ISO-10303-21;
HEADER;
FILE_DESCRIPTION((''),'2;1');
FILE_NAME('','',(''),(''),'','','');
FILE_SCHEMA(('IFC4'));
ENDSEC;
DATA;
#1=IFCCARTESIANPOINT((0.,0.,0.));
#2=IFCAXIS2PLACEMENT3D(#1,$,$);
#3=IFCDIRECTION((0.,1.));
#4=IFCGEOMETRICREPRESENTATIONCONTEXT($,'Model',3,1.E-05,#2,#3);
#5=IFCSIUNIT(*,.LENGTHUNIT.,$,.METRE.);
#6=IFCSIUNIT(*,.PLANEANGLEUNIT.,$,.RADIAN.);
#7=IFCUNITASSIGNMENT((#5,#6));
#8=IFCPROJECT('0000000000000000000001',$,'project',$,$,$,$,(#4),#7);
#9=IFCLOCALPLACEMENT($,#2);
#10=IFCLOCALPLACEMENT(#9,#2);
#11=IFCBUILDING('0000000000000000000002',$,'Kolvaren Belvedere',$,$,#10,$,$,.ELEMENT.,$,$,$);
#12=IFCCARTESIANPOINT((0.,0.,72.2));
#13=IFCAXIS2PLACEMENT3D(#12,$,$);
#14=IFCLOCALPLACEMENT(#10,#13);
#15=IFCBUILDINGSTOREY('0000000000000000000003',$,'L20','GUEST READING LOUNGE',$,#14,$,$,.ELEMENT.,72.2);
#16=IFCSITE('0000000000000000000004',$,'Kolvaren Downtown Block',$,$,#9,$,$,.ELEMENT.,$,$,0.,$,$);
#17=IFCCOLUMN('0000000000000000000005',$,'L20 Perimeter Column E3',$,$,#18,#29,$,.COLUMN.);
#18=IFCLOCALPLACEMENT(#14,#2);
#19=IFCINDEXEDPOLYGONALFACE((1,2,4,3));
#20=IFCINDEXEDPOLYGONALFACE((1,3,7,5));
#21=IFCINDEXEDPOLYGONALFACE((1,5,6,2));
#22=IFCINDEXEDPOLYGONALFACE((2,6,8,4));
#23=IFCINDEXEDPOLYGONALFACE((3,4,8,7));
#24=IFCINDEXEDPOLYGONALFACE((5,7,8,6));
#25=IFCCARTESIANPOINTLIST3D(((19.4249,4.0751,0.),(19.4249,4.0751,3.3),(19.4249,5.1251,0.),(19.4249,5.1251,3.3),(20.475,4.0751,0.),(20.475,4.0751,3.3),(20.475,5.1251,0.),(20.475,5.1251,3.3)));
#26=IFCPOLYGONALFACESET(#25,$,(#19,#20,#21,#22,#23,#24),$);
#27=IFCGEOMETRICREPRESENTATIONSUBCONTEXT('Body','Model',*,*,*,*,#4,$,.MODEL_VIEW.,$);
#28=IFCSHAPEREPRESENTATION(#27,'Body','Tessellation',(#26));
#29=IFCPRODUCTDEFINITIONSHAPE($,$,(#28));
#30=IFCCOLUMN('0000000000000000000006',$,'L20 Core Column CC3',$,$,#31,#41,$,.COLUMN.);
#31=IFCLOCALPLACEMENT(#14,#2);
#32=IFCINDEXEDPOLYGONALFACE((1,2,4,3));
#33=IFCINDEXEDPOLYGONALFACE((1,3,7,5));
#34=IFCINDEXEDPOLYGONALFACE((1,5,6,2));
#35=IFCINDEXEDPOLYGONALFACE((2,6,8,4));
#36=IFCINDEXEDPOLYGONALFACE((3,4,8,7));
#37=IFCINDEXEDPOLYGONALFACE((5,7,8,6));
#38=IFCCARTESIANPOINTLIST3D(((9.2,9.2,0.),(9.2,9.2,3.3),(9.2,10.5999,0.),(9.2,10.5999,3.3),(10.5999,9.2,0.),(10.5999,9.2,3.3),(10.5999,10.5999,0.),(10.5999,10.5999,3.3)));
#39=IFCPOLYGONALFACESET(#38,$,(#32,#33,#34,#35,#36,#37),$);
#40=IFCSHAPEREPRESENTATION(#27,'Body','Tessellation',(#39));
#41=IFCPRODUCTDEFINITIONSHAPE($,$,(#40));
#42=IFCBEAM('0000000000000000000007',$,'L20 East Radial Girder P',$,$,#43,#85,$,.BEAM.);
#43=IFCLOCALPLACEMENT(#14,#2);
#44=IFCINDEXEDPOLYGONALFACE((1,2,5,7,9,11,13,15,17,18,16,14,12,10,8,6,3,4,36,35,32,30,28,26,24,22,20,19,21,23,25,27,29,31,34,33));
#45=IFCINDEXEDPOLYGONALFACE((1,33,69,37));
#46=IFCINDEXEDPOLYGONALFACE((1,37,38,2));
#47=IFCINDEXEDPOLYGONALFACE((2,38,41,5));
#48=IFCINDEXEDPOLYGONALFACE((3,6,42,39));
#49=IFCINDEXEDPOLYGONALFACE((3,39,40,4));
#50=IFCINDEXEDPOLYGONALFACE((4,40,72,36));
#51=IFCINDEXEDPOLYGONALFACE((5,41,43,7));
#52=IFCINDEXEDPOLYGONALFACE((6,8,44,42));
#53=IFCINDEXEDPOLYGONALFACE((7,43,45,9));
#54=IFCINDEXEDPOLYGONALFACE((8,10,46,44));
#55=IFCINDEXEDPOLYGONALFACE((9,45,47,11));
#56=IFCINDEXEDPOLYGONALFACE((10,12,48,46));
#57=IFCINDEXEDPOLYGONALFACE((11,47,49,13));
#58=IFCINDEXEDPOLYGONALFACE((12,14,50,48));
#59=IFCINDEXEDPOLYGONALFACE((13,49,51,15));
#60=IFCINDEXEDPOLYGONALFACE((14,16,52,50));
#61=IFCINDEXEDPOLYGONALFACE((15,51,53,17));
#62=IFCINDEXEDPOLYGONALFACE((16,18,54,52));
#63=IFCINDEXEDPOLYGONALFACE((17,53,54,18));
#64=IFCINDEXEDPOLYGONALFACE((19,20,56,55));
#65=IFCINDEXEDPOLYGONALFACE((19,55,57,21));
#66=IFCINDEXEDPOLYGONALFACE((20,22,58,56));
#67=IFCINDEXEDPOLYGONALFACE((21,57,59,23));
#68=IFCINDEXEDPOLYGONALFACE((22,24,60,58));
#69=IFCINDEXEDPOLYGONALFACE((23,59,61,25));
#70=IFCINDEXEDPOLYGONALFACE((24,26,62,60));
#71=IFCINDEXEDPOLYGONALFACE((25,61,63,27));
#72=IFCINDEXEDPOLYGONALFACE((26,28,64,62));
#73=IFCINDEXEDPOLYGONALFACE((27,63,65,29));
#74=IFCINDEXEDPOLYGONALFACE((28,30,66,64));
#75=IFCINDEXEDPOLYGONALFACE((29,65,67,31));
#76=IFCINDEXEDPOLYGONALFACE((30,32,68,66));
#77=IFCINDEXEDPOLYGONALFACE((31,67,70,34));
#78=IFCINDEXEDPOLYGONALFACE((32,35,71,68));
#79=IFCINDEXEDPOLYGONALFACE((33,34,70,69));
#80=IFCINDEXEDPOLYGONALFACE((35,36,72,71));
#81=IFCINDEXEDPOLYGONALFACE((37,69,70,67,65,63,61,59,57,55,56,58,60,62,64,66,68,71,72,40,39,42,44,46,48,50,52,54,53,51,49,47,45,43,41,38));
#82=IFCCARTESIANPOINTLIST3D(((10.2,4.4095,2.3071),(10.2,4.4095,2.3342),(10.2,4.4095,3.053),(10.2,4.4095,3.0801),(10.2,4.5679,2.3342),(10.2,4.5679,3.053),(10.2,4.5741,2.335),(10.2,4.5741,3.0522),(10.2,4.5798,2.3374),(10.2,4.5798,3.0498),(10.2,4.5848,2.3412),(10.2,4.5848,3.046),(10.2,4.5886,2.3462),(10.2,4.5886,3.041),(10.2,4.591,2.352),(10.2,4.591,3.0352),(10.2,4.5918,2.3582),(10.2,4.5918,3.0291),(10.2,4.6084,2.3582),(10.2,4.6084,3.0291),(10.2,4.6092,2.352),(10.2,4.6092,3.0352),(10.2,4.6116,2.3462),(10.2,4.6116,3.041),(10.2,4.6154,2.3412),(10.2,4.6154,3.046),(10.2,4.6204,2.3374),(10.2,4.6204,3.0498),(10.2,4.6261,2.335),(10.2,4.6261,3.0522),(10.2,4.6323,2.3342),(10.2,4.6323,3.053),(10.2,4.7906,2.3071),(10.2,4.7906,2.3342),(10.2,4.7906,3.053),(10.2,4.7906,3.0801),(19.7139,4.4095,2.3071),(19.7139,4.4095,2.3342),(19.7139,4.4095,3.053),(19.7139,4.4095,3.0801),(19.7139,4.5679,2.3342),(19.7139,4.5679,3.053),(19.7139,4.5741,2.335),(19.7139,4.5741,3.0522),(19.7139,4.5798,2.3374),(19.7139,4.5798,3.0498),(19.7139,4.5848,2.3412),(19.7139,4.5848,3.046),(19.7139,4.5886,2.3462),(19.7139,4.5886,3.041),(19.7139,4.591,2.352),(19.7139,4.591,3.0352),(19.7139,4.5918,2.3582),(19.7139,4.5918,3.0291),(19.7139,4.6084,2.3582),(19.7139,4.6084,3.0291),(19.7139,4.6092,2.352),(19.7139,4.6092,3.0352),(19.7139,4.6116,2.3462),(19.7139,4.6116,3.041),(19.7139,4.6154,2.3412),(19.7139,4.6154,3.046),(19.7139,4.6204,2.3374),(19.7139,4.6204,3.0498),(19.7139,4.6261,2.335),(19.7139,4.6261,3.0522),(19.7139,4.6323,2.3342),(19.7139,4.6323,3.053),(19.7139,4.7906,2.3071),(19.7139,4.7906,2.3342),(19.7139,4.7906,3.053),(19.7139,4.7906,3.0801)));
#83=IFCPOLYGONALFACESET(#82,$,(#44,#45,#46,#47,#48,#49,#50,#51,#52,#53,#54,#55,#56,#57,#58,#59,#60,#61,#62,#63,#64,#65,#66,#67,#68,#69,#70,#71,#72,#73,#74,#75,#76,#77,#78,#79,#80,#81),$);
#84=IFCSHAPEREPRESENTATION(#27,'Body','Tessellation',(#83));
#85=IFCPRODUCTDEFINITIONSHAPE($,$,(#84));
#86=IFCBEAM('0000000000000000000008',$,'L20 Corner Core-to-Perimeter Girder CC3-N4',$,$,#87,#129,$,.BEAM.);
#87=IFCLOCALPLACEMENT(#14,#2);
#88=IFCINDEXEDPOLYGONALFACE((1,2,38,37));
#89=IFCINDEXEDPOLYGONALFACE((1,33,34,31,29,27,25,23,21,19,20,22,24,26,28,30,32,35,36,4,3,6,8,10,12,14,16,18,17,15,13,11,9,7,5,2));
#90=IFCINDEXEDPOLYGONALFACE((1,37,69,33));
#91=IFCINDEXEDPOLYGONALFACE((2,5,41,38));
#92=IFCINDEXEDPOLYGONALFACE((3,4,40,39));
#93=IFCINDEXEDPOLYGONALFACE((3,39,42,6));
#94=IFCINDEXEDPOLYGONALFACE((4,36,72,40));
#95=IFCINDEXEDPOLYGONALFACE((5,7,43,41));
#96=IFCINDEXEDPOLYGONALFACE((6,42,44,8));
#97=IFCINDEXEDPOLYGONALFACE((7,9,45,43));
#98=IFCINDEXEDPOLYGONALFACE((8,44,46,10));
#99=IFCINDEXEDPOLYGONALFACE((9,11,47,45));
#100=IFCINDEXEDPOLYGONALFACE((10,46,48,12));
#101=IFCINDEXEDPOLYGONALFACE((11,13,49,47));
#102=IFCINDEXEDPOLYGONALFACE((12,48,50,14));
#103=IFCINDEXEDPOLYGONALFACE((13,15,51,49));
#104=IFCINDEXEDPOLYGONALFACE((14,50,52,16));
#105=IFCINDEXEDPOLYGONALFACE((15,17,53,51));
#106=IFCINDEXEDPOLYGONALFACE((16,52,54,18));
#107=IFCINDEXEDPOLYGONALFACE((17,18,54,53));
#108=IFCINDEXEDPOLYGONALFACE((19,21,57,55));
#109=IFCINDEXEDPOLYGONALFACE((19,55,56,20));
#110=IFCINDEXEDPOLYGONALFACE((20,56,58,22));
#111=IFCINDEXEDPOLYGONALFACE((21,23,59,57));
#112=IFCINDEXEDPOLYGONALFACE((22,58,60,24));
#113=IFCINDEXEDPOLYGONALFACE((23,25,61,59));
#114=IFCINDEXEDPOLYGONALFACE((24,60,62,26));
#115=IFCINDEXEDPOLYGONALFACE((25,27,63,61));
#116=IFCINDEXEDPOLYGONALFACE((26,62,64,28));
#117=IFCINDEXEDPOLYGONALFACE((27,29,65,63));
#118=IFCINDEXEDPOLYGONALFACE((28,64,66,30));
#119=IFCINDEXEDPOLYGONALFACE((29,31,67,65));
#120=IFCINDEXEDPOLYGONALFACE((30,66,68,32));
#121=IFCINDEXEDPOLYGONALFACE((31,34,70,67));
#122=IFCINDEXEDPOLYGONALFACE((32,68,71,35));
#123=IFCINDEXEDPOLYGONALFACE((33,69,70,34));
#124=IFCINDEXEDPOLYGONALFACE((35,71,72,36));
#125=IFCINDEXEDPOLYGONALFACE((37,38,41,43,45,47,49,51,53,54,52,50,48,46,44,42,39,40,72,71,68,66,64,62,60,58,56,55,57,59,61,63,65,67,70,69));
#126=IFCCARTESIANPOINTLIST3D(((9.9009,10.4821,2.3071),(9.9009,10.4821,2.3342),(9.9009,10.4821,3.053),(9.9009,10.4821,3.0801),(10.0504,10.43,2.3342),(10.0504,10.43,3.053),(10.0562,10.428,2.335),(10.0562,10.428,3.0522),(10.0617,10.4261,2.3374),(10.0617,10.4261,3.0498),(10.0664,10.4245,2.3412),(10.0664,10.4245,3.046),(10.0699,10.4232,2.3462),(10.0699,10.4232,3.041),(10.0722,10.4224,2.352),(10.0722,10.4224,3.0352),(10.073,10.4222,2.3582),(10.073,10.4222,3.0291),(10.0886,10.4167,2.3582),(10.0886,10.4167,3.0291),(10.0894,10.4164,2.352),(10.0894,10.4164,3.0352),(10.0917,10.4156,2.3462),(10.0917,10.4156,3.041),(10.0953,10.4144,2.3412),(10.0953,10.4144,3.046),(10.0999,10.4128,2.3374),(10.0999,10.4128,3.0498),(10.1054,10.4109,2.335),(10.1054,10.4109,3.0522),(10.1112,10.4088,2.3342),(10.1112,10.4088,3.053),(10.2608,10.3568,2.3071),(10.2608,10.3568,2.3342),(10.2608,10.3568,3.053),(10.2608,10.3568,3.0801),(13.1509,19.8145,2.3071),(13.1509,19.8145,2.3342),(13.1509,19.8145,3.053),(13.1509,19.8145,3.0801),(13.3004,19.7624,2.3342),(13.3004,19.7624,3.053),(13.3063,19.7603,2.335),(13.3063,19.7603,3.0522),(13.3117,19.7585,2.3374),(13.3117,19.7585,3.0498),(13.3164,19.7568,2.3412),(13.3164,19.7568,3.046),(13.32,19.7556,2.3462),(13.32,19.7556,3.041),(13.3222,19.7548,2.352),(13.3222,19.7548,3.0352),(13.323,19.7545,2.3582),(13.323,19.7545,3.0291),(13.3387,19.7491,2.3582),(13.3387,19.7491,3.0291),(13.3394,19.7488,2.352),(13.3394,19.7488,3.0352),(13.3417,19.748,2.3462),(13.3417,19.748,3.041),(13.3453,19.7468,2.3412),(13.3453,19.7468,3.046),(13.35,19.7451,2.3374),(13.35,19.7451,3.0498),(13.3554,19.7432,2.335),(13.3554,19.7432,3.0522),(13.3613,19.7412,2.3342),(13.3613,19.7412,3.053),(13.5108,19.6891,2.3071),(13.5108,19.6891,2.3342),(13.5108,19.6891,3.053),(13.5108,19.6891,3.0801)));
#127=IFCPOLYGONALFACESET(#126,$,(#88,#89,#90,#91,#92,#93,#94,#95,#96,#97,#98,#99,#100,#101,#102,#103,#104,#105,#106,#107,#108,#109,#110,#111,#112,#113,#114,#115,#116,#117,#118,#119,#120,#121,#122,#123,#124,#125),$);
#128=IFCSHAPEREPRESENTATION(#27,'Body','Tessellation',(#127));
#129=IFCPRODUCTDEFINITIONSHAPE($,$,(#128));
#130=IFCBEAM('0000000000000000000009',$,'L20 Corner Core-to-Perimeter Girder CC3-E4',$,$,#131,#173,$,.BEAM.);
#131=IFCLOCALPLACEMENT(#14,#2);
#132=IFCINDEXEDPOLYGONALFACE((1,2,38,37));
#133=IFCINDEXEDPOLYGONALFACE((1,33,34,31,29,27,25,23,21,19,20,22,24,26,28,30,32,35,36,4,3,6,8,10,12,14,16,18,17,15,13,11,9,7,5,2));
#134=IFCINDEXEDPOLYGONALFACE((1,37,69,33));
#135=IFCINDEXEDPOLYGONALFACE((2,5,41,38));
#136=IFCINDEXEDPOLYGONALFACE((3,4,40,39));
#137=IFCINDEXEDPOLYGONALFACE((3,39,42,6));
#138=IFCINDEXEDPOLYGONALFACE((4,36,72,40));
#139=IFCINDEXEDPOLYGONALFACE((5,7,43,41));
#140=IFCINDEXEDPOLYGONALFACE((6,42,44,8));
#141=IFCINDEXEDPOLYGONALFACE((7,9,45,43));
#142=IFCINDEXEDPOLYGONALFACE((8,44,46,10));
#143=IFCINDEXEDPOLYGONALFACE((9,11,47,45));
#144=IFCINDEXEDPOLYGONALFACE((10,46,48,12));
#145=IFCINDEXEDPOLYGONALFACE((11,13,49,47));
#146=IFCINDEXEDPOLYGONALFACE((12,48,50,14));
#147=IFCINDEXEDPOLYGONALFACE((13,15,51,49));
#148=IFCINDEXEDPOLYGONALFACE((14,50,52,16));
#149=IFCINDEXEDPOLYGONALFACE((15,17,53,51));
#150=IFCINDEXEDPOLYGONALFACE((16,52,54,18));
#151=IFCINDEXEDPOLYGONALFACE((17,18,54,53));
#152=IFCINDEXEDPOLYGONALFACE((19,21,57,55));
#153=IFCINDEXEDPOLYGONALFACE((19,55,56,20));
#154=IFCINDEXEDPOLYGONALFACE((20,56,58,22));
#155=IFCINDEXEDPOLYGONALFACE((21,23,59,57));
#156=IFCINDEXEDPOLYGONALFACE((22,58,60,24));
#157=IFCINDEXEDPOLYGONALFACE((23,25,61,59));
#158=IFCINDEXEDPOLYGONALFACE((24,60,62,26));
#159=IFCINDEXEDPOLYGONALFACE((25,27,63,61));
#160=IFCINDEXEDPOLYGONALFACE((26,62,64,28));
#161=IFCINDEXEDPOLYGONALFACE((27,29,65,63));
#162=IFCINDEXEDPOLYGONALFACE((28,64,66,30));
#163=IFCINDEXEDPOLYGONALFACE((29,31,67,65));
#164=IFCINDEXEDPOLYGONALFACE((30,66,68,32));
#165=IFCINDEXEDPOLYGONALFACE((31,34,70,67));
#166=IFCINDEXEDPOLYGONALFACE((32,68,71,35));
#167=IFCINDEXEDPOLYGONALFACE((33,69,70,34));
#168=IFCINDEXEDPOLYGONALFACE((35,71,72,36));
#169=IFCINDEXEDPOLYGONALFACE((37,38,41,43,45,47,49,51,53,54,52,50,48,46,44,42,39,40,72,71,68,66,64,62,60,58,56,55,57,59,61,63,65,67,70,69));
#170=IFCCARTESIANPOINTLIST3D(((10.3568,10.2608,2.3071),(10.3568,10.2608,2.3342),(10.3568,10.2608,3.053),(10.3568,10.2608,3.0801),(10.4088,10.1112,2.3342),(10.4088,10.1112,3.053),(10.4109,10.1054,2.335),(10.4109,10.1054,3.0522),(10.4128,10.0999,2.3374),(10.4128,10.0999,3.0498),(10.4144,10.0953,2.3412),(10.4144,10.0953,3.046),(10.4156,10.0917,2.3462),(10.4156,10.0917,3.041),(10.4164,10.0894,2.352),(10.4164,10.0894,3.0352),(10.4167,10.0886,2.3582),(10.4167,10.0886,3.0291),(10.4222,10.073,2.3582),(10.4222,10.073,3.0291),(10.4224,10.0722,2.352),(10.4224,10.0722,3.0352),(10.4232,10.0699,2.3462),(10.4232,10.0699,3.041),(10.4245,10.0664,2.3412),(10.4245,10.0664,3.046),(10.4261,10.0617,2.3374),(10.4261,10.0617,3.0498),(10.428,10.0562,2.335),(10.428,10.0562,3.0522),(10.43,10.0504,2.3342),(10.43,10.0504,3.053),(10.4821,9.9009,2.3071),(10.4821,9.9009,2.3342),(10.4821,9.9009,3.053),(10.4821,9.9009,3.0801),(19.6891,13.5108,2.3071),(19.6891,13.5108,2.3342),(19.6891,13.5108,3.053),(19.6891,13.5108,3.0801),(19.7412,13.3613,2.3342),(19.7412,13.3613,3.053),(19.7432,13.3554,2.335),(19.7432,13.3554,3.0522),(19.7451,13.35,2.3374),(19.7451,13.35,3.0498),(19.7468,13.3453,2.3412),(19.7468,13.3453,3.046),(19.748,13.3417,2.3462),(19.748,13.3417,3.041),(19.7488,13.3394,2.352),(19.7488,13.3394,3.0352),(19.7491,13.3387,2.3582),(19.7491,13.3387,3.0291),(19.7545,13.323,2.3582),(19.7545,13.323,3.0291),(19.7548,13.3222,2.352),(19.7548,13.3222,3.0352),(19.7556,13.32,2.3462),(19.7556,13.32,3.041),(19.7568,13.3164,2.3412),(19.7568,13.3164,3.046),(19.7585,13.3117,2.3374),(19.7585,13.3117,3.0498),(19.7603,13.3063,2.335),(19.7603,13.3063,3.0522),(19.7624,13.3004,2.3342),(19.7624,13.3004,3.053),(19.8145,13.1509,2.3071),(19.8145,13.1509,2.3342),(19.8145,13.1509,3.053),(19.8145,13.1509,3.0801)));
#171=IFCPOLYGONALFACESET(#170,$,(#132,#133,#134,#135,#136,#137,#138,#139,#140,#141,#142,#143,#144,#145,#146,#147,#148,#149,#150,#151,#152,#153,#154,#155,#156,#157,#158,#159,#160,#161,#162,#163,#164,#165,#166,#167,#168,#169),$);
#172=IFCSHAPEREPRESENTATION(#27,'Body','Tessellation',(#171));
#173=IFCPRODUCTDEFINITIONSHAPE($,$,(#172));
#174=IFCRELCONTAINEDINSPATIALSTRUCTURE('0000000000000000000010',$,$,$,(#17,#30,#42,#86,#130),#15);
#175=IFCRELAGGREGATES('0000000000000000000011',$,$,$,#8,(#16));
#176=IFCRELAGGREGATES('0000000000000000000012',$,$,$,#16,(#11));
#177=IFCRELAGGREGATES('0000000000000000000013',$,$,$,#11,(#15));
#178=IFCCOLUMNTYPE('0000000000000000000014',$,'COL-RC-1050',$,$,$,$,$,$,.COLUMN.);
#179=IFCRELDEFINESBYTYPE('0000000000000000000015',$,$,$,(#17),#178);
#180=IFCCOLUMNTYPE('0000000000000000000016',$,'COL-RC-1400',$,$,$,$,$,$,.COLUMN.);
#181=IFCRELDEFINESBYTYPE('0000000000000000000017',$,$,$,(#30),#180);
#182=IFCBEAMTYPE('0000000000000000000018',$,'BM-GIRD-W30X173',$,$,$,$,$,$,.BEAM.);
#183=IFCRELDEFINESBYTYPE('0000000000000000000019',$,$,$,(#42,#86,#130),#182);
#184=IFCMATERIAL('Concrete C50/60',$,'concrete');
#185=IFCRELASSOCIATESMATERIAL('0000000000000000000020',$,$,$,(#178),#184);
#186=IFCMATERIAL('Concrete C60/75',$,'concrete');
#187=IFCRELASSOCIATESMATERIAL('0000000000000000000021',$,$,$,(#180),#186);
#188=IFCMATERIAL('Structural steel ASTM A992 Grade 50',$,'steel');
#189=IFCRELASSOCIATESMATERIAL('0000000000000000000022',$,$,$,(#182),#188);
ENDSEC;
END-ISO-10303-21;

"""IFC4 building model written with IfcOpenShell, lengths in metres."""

from ifc_helpers import new_model, si_unit, direction, frame, origin, origin_2d, place, context, subcontext, project, spatial, rectangle, i_section, extrude, material, material_profile, profile_set, type_object, element, save


model = new_model("IFC4")

# Units and contexts
model_context = context("Model", 3, precision=1e-05, world=origin(), true_north=direction((0.0, 1.0)))
body_context = subcontext(model_context, "Body", "Model", "MODEL_VIEW")
ifc_project = project(units=[si_unit("LENGTHUNIT", "METRE"), si_unit("PLANEANGLEUNIT", "RADIAN")], contexts=[model_context])

# Site, building, storey
site_placement = place(None, origin())
site = spatial("IfcSite", under=ifc_project, at=site_placement, Name="Kolvaren Downtown Block", CompositionType="ELEMENT", RefElevation=0.0)
building_placement = place(site_placement, origin())
building = spatial("IfcBuilding", under=site, at=building_placement, Name="Kolvaren Belvedere", CompositionType="ELEMENT")
storey_placement = place(building_placement, frame((0.0, 0.0, 72.2)))
storey = spatial("IfcBuildingStorey", under=building, at=storey_placement, Name="L20", Description="GUEST READING LOUNGE", CompositionType="ELEMENT", Elevation=72.2)

# Columns
ifc_material_1 = material(Name="Concrete C50/60", Category="concrete")
ifc_material_profile_1 = material_profile(ifc_material_1, rectangle(XDim=1.05, YDim=1.05, at=origin_2d()), Name="RC 1050X1050")
ifc_profile_set_1 = profile_set([ifc_material_profile_1], Name="Concrete C50/60")
column_type_1 = type_object("IfcColumnType", Name="COL-RC-1050", PredefinedType="COLUMN", material=ifc_profile_set_1)
column_1_placement = place(storey_placement, frame((19.95, 4.6001, 0.0), z_axis=(0.0, 0.0, 1.0), x_axis=(1.0, 0.0, 0.0)))
element("IfcColumn", 1, at=column_1_placement, inside=storey, type_object=column_type_1, Name="L20 Perimeter Column E3", PredefinedType="COLUMN", context=body_context, shape_type="SweptSolid", body=[
    extrude(rectangle(XDim=1.05, YDim=1.05, at=origin_2d()), origin(), (0.0, 0.0, 1.0), 3.3),
])
ifc_material_2 = material(Name="Concrete C60/75", Category="concrete")
ifc_material_profile_2 = material_profile(ifc_material_2, rectangle(XDim=1.3999, YDim=1.3999, at=origin_2d()), Name="RC 1400X1400")
ifc_profile_set_2 = profile_set([ifc_material_profile_2], Name="Concrete C60/75")
column_type_2 = type_object("IfcColumnType", Name="COL-RC-1400", PredefinedType="COLUMN", material=ifc_profile_set_2)
column_2_placement = place(storey_placement, frame((9.8999, 9.8999, 0.0), z_axis=(0.0, 0.0, 1.0), x_axis=(1.0, 0.0, 0.0)))
element("IfcColumn", 2, at=column_2_placement, inside=storey, type_object=column_type_2, Name="L20 Core Column CC3", PredefinedType="COLUMN", context=body_context, shape_type="SweptSolid", body=[
    extrude(rectangle(XDim=1.3999, YDim=1.3999, at=origin_2d()), origin(), (0.0, 0.0, 1.0), 3.3),
])

# Beams
ifc_material_3 = material(Name="Structural steel ASTM A992 Grade 50", Category="steel")
ifc_material_profile_3 = material_profile(ifc_material_3, i_section(OverallWidth=0.3811, OverallDepth=0.7729, WebThickness=0.0166, FlangeThickness=0.0271, FilletRadius=0.0239, at=origin_2d()), Name="W30X173")
ifc_profile_set_3 = profile_set([ifc_material_profile_3], Name="Structural steel ASTM A992 Grade 50")
beam_type_1 = type_object("IfcBeamType", Name="BM-GIRD-W30X173", PredefinedType="BEAM", material=ifc_profile_set_3)
beam_1_placement = place(storey_placement, frame((10.2, 4.6001, 2.6936), z_axis=(1.0, 0.0, 0.0), x_axis=(0.0, 1.0, 0.0)))
element("IfcBeam", 3, at=beam_1_placement, inside=storey, type_object=beam_type_1, Name="L20 East Radial Girder P", PredefinedType="BEAM", context=body_context, shape_type="SweptSolid", body=[
    extrude(i_section(OverallWidth=0.3811, OverallDepth=0.7729, WebThickness=0.0166, FlangeThickness=0.0271, FilletRadius=0.0239, at=origin_2d()), origin(), (0.0, 0.0, 1.0), 9.5139),
])
for number, where, z_axis, x_axis, name in (
    (4, (10.0808, 10.4194, 2.6936), (0.328881, 0.944371, 0.0), (-0.944371, 0.328881, 0.0), "L20 Corner Core-to-Perimeter Girder CC3-N4"),
    (5, (10.4194, 10.0808, 2.6936), (0.944371, 0.328881, 0.0), (-0.328881, 0.944371, 0.0), "L20 Corner Core-to-Perimeter Girder CC3-E4"),
):
    element("IfcBeam", number, at=place(storey_placement, frame(where, z_axis=z_axis, x_axis=x_axis)), inside=storey, type_object=beam_type_1, Name=name, PredefinedType="BEAM", context=body_context, shape_type="SweptSolid", body=[
        extrude(i_section(OverallWidth=0.3811, OverallDepth=0.7729, WebThickness=0.0166, FlangeThickness=0.0271, FilletRadius=0.0239, at=origin_2d()), origin(), (0.0, 0.0, 1.0), 9.8821),
    ])

save(model, "model.ifc")
